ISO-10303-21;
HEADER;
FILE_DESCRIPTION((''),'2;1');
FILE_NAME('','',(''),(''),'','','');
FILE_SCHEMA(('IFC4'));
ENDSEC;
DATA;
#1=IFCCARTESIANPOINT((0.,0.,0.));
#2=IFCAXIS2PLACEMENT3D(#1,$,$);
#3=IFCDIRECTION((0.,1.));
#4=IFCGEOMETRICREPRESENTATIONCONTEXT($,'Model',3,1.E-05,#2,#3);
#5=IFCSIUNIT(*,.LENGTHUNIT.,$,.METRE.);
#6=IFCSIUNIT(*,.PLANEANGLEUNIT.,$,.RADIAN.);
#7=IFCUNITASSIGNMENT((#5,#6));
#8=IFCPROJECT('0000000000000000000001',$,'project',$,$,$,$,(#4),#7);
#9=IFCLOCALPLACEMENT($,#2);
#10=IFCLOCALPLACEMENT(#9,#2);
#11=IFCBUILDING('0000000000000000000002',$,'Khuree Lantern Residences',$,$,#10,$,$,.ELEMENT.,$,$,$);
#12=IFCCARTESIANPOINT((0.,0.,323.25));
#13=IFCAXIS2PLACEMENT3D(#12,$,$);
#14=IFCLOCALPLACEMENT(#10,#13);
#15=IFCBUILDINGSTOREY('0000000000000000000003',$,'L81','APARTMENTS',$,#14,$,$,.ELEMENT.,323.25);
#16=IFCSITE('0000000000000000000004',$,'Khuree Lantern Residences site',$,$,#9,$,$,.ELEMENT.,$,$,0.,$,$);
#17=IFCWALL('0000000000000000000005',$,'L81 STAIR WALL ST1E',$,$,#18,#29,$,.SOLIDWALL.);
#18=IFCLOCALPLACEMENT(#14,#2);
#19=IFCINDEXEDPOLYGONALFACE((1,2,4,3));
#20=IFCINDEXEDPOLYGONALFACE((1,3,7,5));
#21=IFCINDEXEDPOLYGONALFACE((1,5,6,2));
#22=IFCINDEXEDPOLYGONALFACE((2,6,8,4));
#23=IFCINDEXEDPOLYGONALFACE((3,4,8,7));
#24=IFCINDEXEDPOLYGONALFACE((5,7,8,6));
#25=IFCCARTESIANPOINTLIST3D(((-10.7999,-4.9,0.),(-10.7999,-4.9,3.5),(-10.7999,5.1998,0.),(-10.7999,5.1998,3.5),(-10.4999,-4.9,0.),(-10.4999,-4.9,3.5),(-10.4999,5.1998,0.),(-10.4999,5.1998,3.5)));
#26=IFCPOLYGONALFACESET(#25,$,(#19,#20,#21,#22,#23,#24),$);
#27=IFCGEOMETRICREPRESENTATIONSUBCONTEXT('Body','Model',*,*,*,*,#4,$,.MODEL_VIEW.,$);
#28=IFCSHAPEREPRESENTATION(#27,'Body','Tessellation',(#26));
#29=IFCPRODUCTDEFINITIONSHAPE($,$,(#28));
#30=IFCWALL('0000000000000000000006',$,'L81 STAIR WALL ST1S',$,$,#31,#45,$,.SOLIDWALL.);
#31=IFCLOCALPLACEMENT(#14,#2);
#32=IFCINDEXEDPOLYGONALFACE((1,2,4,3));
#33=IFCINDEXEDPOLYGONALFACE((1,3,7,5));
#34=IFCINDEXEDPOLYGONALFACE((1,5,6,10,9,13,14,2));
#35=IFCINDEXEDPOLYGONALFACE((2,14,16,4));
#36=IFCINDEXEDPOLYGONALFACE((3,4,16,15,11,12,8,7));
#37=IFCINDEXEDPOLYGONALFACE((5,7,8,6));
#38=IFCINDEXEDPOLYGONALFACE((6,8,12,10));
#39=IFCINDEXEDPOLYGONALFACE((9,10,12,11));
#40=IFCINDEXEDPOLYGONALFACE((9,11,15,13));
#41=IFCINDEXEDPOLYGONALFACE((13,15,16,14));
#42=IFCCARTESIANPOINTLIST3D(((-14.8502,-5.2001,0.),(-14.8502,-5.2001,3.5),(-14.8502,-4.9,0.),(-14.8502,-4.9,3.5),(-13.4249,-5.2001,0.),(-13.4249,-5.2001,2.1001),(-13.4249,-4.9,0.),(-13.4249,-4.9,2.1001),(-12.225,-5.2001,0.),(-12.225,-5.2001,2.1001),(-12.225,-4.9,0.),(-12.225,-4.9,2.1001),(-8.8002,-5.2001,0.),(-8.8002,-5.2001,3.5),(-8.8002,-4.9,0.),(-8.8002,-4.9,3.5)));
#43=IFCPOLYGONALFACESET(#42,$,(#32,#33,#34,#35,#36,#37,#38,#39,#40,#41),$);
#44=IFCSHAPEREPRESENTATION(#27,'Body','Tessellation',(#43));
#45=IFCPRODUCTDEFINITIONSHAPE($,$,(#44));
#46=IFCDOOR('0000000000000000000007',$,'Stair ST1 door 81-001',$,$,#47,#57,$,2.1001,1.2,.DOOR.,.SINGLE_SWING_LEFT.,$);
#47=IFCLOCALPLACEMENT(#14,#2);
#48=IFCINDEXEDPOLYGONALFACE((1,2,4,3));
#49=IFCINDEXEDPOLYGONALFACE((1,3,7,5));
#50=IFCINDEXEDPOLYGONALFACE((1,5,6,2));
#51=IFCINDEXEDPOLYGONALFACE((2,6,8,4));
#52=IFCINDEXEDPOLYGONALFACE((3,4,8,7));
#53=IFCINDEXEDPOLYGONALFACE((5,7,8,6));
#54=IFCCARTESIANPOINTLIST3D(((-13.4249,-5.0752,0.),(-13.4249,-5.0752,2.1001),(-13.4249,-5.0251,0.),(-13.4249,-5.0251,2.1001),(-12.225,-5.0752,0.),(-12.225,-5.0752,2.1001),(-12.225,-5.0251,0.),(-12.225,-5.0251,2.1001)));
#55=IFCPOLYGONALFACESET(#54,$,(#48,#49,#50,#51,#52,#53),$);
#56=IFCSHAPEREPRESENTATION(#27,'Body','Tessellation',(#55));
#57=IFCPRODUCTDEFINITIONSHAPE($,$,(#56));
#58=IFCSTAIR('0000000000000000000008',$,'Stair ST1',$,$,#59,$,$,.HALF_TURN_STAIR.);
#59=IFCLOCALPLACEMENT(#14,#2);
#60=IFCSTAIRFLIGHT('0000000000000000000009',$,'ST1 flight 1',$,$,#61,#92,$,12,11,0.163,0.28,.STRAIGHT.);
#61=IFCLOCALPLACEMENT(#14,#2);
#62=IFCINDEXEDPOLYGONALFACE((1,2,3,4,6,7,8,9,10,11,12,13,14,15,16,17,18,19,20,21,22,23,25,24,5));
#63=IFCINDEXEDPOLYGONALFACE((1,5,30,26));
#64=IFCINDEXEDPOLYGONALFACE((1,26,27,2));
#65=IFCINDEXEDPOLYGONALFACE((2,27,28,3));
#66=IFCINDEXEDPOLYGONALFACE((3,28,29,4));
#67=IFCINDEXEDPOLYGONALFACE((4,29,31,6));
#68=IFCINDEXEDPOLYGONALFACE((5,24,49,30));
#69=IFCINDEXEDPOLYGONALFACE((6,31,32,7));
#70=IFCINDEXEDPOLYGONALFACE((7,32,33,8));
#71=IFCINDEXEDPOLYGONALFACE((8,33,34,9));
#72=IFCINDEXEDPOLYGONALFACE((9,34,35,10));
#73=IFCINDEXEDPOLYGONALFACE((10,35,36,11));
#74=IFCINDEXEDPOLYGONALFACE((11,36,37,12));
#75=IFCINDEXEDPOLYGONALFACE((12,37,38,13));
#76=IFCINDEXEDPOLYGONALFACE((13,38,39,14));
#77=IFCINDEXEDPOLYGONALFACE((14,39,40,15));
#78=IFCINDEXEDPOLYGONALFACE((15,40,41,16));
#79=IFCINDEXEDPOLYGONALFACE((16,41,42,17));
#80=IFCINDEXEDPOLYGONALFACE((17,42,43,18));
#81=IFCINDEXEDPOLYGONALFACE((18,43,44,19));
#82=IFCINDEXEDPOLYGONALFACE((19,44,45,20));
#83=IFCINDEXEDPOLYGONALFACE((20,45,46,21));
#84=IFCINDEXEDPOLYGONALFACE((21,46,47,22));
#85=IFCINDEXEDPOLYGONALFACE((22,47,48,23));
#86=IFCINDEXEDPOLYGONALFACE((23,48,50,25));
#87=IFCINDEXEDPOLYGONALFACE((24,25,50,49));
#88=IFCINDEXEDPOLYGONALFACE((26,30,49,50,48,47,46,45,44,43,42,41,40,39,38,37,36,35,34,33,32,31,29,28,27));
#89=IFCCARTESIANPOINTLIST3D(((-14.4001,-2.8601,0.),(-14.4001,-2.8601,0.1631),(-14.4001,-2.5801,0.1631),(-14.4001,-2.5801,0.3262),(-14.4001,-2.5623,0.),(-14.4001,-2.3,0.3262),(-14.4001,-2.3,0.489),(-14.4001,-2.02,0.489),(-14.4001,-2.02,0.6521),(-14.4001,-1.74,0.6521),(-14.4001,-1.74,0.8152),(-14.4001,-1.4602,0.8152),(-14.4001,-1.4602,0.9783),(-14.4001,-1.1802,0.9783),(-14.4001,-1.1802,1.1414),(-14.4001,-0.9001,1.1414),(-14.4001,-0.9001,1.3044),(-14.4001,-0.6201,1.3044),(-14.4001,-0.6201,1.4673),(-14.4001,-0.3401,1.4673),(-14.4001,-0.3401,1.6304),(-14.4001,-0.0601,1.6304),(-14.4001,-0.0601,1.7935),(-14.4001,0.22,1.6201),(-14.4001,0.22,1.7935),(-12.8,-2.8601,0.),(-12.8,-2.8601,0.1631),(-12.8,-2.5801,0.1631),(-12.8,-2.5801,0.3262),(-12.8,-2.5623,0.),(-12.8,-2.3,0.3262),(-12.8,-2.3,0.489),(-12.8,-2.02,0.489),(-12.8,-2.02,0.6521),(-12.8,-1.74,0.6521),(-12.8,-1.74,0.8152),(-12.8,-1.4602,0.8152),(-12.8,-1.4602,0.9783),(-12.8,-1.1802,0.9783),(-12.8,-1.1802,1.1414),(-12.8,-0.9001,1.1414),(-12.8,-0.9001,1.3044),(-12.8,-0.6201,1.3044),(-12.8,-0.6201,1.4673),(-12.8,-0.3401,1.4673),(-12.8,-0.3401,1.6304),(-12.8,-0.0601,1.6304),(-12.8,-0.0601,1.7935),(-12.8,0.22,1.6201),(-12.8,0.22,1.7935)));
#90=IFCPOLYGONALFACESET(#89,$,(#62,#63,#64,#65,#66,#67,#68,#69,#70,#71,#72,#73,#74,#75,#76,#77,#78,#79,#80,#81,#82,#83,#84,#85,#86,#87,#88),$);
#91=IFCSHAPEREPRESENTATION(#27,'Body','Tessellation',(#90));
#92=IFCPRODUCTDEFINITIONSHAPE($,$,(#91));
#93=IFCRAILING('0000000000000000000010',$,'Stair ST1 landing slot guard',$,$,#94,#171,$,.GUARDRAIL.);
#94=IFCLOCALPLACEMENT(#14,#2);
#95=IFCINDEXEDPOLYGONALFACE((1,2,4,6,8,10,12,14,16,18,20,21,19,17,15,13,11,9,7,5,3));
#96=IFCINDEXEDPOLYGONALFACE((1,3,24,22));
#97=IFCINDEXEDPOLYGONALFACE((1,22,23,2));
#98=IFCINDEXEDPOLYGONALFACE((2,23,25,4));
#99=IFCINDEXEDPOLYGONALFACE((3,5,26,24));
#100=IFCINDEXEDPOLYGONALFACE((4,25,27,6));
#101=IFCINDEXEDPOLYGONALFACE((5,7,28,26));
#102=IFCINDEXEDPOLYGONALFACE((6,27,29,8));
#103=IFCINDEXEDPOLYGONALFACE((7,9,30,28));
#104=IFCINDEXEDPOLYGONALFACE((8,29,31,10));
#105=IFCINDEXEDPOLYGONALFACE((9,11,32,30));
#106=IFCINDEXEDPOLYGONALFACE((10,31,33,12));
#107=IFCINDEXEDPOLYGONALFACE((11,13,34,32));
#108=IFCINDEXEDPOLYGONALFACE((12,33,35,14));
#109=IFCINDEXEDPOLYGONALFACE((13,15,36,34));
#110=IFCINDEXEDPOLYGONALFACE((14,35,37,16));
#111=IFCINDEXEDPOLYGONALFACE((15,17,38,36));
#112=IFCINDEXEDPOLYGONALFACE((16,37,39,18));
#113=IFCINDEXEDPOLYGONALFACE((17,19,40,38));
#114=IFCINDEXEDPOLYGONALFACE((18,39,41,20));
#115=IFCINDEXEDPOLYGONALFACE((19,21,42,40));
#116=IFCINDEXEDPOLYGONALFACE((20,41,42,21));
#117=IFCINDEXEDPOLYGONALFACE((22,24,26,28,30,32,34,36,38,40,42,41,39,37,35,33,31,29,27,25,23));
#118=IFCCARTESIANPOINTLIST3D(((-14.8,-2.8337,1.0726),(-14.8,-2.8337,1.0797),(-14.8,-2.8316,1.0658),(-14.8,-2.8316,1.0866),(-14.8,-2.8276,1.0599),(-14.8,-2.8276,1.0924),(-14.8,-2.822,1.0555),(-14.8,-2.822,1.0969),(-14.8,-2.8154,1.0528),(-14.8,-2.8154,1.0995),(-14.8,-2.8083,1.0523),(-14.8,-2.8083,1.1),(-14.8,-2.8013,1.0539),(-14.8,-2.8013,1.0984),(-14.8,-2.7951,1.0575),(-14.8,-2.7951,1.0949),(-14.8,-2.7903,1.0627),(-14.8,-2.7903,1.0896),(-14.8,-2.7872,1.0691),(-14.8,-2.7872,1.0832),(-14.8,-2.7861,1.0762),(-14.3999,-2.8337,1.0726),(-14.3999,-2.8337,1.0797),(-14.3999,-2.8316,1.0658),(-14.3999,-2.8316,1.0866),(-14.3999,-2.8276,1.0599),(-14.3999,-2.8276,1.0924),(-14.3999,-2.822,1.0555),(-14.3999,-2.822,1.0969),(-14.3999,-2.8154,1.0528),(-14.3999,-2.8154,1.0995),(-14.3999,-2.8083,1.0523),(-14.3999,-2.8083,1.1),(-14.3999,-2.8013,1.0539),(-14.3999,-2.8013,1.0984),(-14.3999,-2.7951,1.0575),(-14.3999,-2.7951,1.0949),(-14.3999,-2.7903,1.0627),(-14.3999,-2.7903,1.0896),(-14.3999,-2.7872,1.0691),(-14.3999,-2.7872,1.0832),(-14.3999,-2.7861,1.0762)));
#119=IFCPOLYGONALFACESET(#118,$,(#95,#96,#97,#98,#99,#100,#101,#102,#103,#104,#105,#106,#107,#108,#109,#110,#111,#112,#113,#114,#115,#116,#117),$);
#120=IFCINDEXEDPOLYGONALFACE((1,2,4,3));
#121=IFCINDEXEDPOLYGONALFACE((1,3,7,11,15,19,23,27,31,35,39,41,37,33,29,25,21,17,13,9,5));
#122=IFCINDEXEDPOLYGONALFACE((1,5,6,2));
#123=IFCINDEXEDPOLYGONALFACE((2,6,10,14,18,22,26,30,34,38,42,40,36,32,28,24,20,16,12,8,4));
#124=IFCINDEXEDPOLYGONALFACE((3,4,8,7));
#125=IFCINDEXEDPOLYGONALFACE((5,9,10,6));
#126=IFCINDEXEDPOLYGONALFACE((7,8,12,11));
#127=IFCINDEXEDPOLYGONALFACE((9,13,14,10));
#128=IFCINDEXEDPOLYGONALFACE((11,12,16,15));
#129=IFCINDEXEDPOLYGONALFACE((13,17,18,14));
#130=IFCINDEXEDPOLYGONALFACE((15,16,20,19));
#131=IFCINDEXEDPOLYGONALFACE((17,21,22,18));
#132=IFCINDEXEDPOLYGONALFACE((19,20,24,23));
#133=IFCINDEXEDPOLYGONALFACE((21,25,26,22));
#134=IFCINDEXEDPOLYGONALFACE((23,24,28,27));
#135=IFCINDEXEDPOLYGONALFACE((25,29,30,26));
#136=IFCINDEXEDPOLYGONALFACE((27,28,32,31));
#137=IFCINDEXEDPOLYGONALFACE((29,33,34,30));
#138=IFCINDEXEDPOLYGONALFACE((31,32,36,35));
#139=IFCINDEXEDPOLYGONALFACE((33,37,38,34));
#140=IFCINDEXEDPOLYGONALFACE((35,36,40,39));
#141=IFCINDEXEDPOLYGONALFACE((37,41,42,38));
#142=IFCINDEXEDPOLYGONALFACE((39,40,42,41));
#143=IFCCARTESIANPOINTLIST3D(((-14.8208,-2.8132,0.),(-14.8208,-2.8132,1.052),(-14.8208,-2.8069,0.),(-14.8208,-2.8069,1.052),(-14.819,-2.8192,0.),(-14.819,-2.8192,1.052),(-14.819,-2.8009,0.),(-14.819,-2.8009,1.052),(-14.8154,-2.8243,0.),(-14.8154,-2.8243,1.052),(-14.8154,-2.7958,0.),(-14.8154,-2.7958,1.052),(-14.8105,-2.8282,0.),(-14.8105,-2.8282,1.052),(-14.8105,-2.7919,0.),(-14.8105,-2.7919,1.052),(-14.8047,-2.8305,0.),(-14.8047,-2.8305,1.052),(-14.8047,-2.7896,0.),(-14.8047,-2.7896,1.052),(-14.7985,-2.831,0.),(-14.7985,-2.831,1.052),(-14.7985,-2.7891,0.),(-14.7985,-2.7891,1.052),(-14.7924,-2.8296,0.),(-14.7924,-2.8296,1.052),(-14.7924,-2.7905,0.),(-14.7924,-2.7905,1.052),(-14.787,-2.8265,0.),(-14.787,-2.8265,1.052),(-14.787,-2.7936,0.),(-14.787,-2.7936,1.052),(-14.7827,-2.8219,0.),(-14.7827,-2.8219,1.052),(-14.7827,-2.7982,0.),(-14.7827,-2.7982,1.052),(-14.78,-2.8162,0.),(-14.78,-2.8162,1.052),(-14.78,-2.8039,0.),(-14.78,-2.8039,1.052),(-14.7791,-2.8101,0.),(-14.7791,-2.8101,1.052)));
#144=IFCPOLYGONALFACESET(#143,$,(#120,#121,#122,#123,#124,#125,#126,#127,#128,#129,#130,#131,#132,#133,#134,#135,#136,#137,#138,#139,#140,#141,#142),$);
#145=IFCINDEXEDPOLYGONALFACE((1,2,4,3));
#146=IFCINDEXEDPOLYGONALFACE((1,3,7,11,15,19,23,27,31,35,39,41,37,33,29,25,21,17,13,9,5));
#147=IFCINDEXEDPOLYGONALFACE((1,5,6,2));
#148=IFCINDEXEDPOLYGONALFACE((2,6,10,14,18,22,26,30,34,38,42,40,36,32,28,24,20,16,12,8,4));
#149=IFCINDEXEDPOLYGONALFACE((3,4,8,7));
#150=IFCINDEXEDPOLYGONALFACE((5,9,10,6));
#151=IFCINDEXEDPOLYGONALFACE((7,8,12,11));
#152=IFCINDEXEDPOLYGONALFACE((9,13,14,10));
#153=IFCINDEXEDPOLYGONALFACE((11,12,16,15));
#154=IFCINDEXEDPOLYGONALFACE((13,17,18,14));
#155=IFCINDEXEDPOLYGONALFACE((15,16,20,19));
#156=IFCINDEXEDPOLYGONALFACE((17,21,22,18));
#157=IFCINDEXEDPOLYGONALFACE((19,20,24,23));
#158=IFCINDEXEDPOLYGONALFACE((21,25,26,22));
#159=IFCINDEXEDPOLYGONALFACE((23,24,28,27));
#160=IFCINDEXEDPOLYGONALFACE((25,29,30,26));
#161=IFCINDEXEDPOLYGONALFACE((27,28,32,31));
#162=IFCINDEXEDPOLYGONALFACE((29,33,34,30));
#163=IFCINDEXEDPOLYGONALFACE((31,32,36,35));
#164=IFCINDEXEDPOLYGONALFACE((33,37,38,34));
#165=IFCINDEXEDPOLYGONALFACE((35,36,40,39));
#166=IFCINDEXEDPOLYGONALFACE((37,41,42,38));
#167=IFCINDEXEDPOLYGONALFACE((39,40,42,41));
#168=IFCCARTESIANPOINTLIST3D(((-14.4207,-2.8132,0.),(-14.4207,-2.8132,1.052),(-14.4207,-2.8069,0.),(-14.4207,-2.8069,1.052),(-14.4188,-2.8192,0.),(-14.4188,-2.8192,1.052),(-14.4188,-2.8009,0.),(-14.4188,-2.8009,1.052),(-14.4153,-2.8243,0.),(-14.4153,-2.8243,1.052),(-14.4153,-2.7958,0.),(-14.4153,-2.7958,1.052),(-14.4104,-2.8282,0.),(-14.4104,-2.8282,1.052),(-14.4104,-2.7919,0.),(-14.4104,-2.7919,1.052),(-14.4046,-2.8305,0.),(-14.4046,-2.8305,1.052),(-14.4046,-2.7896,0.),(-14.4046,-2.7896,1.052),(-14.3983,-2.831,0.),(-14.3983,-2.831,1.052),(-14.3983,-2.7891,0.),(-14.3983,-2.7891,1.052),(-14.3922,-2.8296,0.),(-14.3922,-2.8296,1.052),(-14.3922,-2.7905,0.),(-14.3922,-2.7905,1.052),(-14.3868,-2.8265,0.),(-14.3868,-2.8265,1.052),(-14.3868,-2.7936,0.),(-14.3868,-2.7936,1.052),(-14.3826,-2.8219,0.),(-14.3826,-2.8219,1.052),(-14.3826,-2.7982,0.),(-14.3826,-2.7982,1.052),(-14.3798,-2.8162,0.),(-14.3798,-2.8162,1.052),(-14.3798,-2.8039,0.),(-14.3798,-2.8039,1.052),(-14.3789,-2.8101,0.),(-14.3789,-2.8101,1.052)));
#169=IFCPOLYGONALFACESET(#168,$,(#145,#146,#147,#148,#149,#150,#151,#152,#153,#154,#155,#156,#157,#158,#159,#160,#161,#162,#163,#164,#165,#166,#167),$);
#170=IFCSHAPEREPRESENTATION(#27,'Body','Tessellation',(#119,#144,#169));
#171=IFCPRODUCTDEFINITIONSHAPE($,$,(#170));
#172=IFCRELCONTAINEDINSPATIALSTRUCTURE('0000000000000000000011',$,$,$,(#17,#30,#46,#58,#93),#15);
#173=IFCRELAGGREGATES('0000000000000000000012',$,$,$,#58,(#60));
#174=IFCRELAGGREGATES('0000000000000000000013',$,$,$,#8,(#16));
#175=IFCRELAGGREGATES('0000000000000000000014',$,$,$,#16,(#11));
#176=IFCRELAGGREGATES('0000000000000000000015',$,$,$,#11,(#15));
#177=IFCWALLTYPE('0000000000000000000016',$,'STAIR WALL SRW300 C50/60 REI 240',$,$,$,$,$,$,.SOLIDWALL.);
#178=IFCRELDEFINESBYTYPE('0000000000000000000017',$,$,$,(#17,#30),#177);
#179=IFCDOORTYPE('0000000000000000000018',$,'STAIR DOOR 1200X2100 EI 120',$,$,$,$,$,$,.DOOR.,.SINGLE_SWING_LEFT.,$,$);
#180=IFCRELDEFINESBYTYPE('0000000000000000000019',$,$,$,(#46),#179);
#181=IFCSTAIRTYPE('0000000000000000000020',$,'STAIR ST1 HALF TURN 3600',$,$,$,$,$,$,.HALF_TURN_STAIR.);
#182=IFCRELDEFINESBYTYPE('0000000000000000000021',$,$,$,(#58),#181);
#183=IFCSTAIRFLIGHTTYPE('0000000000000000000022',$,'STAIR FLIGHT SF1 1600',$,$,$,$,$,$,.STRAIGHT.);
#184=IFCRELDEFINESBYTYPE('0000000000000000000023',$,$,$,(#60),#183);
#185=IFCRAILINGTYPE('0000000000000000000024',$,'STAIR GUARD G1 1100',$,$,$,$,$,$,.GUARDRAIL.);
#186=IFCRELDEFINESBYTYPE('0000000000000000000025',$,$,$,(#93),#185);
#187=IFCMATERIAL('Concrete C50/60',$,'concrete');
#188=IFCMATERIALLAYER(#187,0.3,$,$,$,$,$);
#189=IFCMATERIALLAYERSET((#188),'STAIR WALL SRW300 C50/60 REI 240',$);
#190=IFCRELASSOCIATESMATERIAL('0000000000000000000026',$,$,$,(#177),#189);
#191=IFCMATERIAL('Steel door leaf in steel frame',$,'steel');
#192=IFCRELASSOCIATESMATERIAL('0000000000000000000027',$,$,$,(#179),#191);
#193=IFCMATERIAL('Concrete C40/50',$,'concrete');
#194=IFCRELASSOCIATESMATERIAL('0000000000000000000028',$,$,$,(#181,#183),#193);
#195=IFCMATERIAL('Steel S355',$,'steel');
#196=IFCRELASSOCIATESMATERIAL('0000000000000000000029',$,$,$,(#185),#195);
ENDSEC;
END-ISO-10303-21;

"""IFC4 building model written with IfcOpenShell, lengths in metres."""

from ifc_helpers import new_model, si_unit, direction, frame, frame_2d, origin, origin_2d, place, context, subcontext, project, spatial, polyline, rectangle, circle, outline, extrude, material, layer, layer_set, type_object, element, fill, aggregate, save


model = new_model("IFC4")

# Units and contexts
model_context = context("Model", 3, precision=1e-05, world=origin(), true_north=direction((0.0, 1.0)))
body_context = subcontext(model_context, "Body", "Model", "MODEL_VIEW")
ifc_project = project(units=[si_unit("LENGTHUNIT", "METRE"), si_unit("PLANEANGLEUNIT", "RADIAN")], contexts=[model_context])

# Site, building, storey
site_placement = place(None, origin())
site = spatial("IfcSite", under=ifc_project, at=site_placement, Name="Khuree Lantern Residences site", CompositionType="ELEMENT", RefElevation=0.0)
building_placement = place(site_placement, origin())
building = spatial("IfcBuilding", under=site, at=building_placement, Name="Khuree Lantern Residences", CompositionType="ELEMENT")
storey_placement = place(building_placement, frame((0.0, 0.0, 323.25)))
storey = spatial("IfcBuildingStorey", under=building, at=storey_placement, Name="L81", Description="APARTMENTS", CompositionType="ELEMENT", Elevation=323.25)

# Shared definitions
ifc_material_1 = material(Name="Steel door leaf in steel frame", Category="steel")

# Wall
ifc_material_2 = material(Name="Concrete C50/60", Category="concrete")
ifc_layer_1 = layer(ifc_material_2, 0.3)
ifc_layer_set_1 = layer_set([ifc_layer_1], Name="STAIR WALL SRW300 C50/60 REI 240")
wall_type_1 = type_object("IfcWallType", Name="STAIR WALL SRW300 C50/60 REI 240", PredefinedType="SOLIDWALL", material=ifc_layer_set_1)
wall_1_placement = place(storey_placement, frame((-10.6499, -4.8999, 0.0), z_axis=(0.0, 0.0, 1.0), x_axis=(0.0, 1.0, 0.0)))
element("IfcWall", 1, at=wall_1_placement, inside=storey, type_object=wall_type_1, Name="L81 STAIR WALL ST1E", PredefinedType="SOLIDWALL", context=body_context, shape_type="SweptSolid", body=[
    extrude(rectangle(XDim=10.0999, YDim=0.3, at=frame_2d((5.0498, 0.0))), origin(), (0.0, 0.0, 1.0), 3.5),
])

# Wall, opening, door
wall_2_placement = place(storey_placement, frame((-14.8501, -5.05, 0.0), z_axis=(0.0, 0.0, 1.0), x_axis=(1.0, 0.0, 0.0)))
wall_2 = element("IfcWall", 2, at=wall_2_placement, inside=storey, type_object=wall_type_1, Name="L81 STAIR WALL ST1S", PredefinedType="SOLIDWALL", context=body_context, shape_type="SweptSolid", body=[
    extrude(rectangle(XDim=6.05, YDim=0.3, at=frame_2d((3.0249, 0.0))), origin(), (0.0, 0.0, 1.0), 3.5),
])
opening_1_placement = place(wall_2_placement, frame((1.425, 0.0, 0.0)))
opening_1 = element("IfcOpeningElement", 3, at=opening_1_placement, cuts=wall_2, PredefinedType="OPENING", context=body_context, shape_type="SweptSolid", body=[
    extrude(rectangle(XDim=1.2, YDim=2.1001, at=frame_2d((0.6001, 1.05))), frame((0.0, 0.1602, 0.0), z_axis=(0.0, -1.0, 0.0), x_axis=(1.0, 0.0, 0.0)), (0.0, 0.0, 1.0), 0.3201),
])
door_type_1 = type_object("IfcDoorType", Name="STAIR DOOR 1200X2100 EI 120", OperationType="SINGLE_SWING_LEFT", PredefinedType="DOOR", material=ifc_material_1)
door_1_placement = place(opening_1_placement, origin())
door_1 = element("IfcDoor", 4, at=door_1_placement, inside=storey, type_object=door_type_1, Name="Stair ST1 door 81-001", OperationType="SINGLE_SWING_LEFT", OverallHeight=2.1001, OverallWidth=1.2, PredefinedType="DOOR", context=body_context, shape_type="SweptSolid", body=[
    extrude(rectangle(XDim=1.2, YDim=2.1001, at=frame_2d((0.6001, 1.05))), frame((0.0, 0.0249, 0.0), z_axis=(0.0, -1.0, 0.0), x_axis=(1.0, 0.0, 0.0)), (0.0, 0.0, 1.0), 0.05),
])
fill(opening_1, door_1)

# Stair, stair flight
ifc_material_3 = material(Name="Concrete C40/50", Category="concrete")
stair_type = type_object("IfcStairType", Name="STAIR ST1 HALF TURN 3600", PredefinedType="HALF_TURN_STAIR", material=ifc_material_3)
stair_placement = place(storey_placement, origin())
stair = element("IfcStair", 5, at=stair_placement, inside=storey, type_object=stair_type, Name="Stair ST1", PredefinedType="HALF_TURN_STAIR")
stair_flight_type = type_object("IfcStairFlightType", Name="STAIR FLIGHT SF1 1600", PredefinedType="STRAIGHT", material=ifc_material_3)
stair_flight_placement = place(storey_placement, frame((-13.6001, -2.8601, 0.0), z_axis=(0.0, 0.0, 1.0), x_axis=(0.0, 1.0, 0.0)))
stair_flight = element("IfcStairFlight", 6, at=stair_flight_placement, type_object=stair_flight_type, Name="ST1 flight 1", NumberOfRisers=12, NumberOfTreads=11, PredefinedType="STRAIGHT", RiserHeight=0.163, TreadLength=0.28, context=body_context, shape_type="SweptSolid", body=[
    extrude(outline(polyline([(0.0, 0.0), (0.0, 0.1631), (0.28, 0.1631), (0.28, 0.3262), (0.5601, 0.3262), (0.5601, 0.489), (0.8401, 0.489), (0.8401, 0.6521), (1.1201, 0.6521), (1.1201, 0.8152), (1.3999, 0.8152), (1.3999, 0.9783), (1.6799, 0.9783), (1.6799, 1.1414), (1.96, 1.1414), (1.96, 1.3044), (2.24, 1.3044), (2.24, 1.4673), (2.52, 1.4673), (2.52, 1.6304), (2.8, 1.6304), (2.8, 1.7935), (3.0801, 1.7935), (3.0801, 1.9565), (3.0801, 1.6201), (0.2979, 0.0), (0.0, 0.0)])), frame((0.0, 0.8, 0.0), z_axis=(0.0, -1.0, 0.0), x_axis=(1.0, 0.0, 0.0)), (0.0, 0.0, 1.0), 1.6001),
])
aggregate(stair, [stair_flight])

# Railing
ifc_material_4 = material(Name="Steel S355", Category="steel")
railing_type_1 = type_object("IfcRailingType", Name="STAIR GUARD G1 1100", PredefinedType="GUARDRAIL", material=ifc_material_4)
railing_1_placement = place(storey_placement, frame((-14.8, -2.8101, 0.0)))
element("IfcRailing", 7, at=railing_1_placement, inside=storey, type_object=railing_type_1, Name="Stair ST1 landing slot guard", PredefinedType="GUARDRAIL", context=body_context, shape_type="SweptSolid", body=[
    extrude(circle(Radius=0.0239, at=origin_2d()), frame((0.0, 0.0, 1.0762), z_axis=(1.0, 0.0, 0.0), x_axis=(0.0, 1.0, 0.0)), (0.0, 0.0, 1.0), 0.4001),
    extrude(circle(Radius=0.021, at=origin_2d()), origin(), (0.0, 0.0, 1.0), 1.052),
    extrude(circle(Radius=0.021, at=origin_2d()), frame((0.4001, 0.0, 0.0)), (0.0, 0.0, 1.0), 1.052),
])

save(model, "model.ifc")
